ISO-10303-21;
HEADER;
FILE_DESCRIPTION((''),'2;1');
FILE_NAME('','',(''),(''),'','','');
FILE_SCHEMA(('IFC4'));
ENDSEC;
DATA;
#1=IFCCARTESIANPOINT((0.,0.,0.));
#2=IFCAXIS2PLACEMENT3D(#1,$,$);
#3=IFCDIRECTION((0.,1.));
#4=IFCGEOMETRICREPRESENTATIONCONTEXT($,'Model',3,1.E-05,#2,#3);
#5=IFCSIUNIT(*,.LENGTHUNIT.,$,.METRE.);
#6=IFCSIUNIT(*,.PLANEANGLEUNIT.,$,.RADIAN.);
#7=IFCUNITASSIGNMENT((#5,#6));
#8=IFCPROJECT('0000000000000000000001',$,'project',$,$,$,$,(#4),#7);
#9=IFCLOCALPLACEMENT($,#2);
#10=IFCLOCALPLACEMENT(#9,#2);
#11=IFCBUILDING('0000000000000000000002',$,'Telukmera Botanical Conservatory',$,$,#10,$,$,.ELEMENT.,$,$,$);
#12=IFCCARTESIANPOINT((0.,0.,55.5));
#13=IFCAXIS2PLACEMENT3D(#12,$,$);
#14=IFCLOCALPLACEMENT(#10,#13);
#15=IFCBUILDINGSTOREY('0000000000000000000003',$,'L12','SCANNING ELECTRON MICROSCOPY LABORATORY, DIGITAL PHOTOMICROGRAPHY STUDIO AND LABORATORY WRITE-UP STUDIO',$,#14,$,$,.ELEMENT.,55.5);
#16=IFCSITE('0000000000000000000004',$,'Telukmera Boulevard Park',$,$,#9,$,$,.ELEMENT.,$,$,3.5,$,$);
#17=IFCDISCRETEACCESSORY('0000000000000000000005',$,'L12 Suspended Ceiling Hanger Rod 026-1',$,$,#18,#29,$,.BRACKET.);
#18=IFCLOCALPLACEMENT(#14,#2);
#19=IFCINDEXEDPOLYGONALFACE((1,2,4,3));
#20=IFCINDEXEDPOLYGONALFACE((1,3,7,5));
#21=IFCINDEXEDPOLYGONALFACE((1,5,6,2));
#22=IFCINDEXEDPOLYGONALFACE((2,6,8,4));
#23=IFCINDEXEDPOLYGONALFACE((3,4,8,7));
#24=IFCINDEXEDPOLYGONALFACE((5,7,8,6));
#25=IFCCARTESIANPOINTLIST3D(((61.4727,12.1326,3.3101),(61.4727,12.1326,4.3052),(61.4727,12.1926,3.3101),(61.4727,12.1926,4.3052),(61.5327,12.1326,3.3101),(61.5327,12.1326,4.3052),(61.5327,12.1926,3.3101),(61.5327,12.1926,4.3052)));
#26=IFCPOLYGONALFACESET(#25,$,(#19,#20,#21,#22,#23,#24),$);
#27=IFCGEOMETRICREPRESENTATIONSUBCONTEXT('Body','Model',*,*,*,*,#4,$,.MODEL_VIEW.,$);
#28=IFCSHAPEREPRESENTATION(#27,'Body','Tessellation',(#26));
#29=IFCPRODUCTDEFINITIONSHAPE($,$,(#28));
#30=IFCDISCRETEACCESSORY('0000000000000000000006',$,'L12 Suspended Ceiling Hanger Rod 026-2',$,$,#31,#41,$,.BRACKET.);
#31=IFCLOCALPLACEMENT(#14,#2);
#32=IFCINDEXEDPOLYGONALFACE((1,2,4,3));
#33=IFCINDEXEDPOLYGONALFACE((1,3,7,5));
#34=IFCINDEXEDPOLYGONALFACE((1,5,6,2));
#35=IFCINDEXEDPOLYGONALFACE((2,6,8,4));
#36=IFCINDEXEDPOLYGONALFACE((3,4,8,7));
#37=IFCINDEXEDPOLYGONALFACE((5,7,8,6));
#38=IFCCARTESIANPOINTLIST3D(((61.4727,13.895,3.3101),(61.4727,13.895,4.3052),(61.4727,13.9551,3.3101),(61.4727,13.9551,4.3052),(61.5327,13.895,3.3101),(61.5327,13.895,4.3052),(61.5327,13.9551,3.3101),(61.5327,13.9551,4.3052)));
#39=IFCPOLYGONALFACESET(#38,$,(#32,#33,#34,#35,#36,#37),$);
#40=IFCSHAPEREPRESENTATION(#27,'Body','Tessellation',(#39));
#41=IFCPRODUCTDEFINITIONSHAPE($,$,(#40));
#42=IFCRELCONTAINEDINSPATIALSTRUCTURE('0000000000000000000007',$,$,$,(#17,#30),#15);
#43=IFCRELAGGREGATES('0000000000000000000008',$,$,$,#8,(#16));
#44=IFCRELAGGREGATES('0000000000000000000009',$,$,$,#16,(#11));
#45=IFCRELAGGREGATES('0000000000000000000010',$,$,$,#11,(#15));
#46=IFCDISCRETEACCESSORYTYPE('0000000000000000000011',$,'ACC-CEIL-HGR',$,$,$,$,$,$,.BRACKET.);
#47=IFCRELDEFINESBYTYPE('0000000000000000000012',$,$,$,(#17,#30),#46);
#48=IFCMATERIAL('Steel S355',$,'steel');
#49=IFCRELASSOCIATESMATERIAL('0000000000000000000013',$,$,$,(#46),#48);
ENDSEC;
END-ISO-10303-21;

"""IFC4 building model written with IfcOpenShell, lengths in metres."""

from ifc_helpers import new_model, si_unit, direction, frame, origin, origin_2d, place, context, subcontext, project, spatial, rectangle, extrude, material, type_object, element, save


model = new_model("IFC4")

# Units and contexts
model_context = context("Model", 3, precision=1e-05, world=origin(), true_north=direction((0.0, 1.0)))
body_context = subcontext(model_context, "Body", "Model", "MODEL_VIEW")
ifc_project = project(units=[si_unit("LENGTHUNIT", "METRE"), si_unit("PLANEANGLEUNIT", "RADIAN")], contexts=[model_context])

# Site, building, storey
site_placement = place(None, origin())
site = spatial("IfcSite", under=ifc_project, at=site_placement, Name="Telukmera Boulevard Park", CompositionType="ELEMENT", RefElevation=3.5)
building_placement = place(site_placement, origin())
building = spatial("IfcBuilding", under=site, at=building_placement, Name="Telukmera Botanical Conservatory", CompositionType="ELEMENT")
storey_placement = place(building_placement, frame((0.0, 0.0, 55.5)))
storey = spatial("IfcBuildingStorey", under=building, at=storey_placement, Name="L12", Description="SCANNING ELECTRON MICROSCOPY LABORATORY, DIGITAL PHOTOMICROGRAPHY STUDIO AND LABORATORY WRITE-UP STUDIO", CompositionType="ELEMENT", Elevation=55.5)

# Shared definitions
ifc_material_1 = material(Name="Steel S355", Category="steel")

# Discrete accessories
discrete_accessory_type = type_object("IfcDiscreteAccessoryType", Name="ACC-CEIL-HGR", PredefinedType="BRACKET", material=ifc_material_1)
for number, where, z_axis, x_axis, name in (
    (1, (61.5027, 12.1626, 3.3101), (0.0, 0.0, 1.0), (1.0, 0.0, 0.0), "L12 Suspended Ceiling Hanger Rod 026-1"),
    (2, (61.5027, 13.925, 3.3101), (0.0, 0.0, 1.0), (1.0, 0.0, 0.0), "L12 Suspended Ceiling Hanger Rod 026-2"),
):
    element("IfcDiscreteAccessory", number, at=place(storey_placement, frame(where, z_axis=z_axis, x_axis=x_axis)), inside=storey, type_object=discrete_accessory_type, Name=name, PredefinedType="BRACKET", context=body_context, shape_type="SweptSolid", body=[
        extrude(rectangle(XDim=0.0601, YDim=0.0601, at=origin_2d()), origin(), (0.0, 0.0, 1.0), 0.9951),
    ])

save(model, "model.ifc")
